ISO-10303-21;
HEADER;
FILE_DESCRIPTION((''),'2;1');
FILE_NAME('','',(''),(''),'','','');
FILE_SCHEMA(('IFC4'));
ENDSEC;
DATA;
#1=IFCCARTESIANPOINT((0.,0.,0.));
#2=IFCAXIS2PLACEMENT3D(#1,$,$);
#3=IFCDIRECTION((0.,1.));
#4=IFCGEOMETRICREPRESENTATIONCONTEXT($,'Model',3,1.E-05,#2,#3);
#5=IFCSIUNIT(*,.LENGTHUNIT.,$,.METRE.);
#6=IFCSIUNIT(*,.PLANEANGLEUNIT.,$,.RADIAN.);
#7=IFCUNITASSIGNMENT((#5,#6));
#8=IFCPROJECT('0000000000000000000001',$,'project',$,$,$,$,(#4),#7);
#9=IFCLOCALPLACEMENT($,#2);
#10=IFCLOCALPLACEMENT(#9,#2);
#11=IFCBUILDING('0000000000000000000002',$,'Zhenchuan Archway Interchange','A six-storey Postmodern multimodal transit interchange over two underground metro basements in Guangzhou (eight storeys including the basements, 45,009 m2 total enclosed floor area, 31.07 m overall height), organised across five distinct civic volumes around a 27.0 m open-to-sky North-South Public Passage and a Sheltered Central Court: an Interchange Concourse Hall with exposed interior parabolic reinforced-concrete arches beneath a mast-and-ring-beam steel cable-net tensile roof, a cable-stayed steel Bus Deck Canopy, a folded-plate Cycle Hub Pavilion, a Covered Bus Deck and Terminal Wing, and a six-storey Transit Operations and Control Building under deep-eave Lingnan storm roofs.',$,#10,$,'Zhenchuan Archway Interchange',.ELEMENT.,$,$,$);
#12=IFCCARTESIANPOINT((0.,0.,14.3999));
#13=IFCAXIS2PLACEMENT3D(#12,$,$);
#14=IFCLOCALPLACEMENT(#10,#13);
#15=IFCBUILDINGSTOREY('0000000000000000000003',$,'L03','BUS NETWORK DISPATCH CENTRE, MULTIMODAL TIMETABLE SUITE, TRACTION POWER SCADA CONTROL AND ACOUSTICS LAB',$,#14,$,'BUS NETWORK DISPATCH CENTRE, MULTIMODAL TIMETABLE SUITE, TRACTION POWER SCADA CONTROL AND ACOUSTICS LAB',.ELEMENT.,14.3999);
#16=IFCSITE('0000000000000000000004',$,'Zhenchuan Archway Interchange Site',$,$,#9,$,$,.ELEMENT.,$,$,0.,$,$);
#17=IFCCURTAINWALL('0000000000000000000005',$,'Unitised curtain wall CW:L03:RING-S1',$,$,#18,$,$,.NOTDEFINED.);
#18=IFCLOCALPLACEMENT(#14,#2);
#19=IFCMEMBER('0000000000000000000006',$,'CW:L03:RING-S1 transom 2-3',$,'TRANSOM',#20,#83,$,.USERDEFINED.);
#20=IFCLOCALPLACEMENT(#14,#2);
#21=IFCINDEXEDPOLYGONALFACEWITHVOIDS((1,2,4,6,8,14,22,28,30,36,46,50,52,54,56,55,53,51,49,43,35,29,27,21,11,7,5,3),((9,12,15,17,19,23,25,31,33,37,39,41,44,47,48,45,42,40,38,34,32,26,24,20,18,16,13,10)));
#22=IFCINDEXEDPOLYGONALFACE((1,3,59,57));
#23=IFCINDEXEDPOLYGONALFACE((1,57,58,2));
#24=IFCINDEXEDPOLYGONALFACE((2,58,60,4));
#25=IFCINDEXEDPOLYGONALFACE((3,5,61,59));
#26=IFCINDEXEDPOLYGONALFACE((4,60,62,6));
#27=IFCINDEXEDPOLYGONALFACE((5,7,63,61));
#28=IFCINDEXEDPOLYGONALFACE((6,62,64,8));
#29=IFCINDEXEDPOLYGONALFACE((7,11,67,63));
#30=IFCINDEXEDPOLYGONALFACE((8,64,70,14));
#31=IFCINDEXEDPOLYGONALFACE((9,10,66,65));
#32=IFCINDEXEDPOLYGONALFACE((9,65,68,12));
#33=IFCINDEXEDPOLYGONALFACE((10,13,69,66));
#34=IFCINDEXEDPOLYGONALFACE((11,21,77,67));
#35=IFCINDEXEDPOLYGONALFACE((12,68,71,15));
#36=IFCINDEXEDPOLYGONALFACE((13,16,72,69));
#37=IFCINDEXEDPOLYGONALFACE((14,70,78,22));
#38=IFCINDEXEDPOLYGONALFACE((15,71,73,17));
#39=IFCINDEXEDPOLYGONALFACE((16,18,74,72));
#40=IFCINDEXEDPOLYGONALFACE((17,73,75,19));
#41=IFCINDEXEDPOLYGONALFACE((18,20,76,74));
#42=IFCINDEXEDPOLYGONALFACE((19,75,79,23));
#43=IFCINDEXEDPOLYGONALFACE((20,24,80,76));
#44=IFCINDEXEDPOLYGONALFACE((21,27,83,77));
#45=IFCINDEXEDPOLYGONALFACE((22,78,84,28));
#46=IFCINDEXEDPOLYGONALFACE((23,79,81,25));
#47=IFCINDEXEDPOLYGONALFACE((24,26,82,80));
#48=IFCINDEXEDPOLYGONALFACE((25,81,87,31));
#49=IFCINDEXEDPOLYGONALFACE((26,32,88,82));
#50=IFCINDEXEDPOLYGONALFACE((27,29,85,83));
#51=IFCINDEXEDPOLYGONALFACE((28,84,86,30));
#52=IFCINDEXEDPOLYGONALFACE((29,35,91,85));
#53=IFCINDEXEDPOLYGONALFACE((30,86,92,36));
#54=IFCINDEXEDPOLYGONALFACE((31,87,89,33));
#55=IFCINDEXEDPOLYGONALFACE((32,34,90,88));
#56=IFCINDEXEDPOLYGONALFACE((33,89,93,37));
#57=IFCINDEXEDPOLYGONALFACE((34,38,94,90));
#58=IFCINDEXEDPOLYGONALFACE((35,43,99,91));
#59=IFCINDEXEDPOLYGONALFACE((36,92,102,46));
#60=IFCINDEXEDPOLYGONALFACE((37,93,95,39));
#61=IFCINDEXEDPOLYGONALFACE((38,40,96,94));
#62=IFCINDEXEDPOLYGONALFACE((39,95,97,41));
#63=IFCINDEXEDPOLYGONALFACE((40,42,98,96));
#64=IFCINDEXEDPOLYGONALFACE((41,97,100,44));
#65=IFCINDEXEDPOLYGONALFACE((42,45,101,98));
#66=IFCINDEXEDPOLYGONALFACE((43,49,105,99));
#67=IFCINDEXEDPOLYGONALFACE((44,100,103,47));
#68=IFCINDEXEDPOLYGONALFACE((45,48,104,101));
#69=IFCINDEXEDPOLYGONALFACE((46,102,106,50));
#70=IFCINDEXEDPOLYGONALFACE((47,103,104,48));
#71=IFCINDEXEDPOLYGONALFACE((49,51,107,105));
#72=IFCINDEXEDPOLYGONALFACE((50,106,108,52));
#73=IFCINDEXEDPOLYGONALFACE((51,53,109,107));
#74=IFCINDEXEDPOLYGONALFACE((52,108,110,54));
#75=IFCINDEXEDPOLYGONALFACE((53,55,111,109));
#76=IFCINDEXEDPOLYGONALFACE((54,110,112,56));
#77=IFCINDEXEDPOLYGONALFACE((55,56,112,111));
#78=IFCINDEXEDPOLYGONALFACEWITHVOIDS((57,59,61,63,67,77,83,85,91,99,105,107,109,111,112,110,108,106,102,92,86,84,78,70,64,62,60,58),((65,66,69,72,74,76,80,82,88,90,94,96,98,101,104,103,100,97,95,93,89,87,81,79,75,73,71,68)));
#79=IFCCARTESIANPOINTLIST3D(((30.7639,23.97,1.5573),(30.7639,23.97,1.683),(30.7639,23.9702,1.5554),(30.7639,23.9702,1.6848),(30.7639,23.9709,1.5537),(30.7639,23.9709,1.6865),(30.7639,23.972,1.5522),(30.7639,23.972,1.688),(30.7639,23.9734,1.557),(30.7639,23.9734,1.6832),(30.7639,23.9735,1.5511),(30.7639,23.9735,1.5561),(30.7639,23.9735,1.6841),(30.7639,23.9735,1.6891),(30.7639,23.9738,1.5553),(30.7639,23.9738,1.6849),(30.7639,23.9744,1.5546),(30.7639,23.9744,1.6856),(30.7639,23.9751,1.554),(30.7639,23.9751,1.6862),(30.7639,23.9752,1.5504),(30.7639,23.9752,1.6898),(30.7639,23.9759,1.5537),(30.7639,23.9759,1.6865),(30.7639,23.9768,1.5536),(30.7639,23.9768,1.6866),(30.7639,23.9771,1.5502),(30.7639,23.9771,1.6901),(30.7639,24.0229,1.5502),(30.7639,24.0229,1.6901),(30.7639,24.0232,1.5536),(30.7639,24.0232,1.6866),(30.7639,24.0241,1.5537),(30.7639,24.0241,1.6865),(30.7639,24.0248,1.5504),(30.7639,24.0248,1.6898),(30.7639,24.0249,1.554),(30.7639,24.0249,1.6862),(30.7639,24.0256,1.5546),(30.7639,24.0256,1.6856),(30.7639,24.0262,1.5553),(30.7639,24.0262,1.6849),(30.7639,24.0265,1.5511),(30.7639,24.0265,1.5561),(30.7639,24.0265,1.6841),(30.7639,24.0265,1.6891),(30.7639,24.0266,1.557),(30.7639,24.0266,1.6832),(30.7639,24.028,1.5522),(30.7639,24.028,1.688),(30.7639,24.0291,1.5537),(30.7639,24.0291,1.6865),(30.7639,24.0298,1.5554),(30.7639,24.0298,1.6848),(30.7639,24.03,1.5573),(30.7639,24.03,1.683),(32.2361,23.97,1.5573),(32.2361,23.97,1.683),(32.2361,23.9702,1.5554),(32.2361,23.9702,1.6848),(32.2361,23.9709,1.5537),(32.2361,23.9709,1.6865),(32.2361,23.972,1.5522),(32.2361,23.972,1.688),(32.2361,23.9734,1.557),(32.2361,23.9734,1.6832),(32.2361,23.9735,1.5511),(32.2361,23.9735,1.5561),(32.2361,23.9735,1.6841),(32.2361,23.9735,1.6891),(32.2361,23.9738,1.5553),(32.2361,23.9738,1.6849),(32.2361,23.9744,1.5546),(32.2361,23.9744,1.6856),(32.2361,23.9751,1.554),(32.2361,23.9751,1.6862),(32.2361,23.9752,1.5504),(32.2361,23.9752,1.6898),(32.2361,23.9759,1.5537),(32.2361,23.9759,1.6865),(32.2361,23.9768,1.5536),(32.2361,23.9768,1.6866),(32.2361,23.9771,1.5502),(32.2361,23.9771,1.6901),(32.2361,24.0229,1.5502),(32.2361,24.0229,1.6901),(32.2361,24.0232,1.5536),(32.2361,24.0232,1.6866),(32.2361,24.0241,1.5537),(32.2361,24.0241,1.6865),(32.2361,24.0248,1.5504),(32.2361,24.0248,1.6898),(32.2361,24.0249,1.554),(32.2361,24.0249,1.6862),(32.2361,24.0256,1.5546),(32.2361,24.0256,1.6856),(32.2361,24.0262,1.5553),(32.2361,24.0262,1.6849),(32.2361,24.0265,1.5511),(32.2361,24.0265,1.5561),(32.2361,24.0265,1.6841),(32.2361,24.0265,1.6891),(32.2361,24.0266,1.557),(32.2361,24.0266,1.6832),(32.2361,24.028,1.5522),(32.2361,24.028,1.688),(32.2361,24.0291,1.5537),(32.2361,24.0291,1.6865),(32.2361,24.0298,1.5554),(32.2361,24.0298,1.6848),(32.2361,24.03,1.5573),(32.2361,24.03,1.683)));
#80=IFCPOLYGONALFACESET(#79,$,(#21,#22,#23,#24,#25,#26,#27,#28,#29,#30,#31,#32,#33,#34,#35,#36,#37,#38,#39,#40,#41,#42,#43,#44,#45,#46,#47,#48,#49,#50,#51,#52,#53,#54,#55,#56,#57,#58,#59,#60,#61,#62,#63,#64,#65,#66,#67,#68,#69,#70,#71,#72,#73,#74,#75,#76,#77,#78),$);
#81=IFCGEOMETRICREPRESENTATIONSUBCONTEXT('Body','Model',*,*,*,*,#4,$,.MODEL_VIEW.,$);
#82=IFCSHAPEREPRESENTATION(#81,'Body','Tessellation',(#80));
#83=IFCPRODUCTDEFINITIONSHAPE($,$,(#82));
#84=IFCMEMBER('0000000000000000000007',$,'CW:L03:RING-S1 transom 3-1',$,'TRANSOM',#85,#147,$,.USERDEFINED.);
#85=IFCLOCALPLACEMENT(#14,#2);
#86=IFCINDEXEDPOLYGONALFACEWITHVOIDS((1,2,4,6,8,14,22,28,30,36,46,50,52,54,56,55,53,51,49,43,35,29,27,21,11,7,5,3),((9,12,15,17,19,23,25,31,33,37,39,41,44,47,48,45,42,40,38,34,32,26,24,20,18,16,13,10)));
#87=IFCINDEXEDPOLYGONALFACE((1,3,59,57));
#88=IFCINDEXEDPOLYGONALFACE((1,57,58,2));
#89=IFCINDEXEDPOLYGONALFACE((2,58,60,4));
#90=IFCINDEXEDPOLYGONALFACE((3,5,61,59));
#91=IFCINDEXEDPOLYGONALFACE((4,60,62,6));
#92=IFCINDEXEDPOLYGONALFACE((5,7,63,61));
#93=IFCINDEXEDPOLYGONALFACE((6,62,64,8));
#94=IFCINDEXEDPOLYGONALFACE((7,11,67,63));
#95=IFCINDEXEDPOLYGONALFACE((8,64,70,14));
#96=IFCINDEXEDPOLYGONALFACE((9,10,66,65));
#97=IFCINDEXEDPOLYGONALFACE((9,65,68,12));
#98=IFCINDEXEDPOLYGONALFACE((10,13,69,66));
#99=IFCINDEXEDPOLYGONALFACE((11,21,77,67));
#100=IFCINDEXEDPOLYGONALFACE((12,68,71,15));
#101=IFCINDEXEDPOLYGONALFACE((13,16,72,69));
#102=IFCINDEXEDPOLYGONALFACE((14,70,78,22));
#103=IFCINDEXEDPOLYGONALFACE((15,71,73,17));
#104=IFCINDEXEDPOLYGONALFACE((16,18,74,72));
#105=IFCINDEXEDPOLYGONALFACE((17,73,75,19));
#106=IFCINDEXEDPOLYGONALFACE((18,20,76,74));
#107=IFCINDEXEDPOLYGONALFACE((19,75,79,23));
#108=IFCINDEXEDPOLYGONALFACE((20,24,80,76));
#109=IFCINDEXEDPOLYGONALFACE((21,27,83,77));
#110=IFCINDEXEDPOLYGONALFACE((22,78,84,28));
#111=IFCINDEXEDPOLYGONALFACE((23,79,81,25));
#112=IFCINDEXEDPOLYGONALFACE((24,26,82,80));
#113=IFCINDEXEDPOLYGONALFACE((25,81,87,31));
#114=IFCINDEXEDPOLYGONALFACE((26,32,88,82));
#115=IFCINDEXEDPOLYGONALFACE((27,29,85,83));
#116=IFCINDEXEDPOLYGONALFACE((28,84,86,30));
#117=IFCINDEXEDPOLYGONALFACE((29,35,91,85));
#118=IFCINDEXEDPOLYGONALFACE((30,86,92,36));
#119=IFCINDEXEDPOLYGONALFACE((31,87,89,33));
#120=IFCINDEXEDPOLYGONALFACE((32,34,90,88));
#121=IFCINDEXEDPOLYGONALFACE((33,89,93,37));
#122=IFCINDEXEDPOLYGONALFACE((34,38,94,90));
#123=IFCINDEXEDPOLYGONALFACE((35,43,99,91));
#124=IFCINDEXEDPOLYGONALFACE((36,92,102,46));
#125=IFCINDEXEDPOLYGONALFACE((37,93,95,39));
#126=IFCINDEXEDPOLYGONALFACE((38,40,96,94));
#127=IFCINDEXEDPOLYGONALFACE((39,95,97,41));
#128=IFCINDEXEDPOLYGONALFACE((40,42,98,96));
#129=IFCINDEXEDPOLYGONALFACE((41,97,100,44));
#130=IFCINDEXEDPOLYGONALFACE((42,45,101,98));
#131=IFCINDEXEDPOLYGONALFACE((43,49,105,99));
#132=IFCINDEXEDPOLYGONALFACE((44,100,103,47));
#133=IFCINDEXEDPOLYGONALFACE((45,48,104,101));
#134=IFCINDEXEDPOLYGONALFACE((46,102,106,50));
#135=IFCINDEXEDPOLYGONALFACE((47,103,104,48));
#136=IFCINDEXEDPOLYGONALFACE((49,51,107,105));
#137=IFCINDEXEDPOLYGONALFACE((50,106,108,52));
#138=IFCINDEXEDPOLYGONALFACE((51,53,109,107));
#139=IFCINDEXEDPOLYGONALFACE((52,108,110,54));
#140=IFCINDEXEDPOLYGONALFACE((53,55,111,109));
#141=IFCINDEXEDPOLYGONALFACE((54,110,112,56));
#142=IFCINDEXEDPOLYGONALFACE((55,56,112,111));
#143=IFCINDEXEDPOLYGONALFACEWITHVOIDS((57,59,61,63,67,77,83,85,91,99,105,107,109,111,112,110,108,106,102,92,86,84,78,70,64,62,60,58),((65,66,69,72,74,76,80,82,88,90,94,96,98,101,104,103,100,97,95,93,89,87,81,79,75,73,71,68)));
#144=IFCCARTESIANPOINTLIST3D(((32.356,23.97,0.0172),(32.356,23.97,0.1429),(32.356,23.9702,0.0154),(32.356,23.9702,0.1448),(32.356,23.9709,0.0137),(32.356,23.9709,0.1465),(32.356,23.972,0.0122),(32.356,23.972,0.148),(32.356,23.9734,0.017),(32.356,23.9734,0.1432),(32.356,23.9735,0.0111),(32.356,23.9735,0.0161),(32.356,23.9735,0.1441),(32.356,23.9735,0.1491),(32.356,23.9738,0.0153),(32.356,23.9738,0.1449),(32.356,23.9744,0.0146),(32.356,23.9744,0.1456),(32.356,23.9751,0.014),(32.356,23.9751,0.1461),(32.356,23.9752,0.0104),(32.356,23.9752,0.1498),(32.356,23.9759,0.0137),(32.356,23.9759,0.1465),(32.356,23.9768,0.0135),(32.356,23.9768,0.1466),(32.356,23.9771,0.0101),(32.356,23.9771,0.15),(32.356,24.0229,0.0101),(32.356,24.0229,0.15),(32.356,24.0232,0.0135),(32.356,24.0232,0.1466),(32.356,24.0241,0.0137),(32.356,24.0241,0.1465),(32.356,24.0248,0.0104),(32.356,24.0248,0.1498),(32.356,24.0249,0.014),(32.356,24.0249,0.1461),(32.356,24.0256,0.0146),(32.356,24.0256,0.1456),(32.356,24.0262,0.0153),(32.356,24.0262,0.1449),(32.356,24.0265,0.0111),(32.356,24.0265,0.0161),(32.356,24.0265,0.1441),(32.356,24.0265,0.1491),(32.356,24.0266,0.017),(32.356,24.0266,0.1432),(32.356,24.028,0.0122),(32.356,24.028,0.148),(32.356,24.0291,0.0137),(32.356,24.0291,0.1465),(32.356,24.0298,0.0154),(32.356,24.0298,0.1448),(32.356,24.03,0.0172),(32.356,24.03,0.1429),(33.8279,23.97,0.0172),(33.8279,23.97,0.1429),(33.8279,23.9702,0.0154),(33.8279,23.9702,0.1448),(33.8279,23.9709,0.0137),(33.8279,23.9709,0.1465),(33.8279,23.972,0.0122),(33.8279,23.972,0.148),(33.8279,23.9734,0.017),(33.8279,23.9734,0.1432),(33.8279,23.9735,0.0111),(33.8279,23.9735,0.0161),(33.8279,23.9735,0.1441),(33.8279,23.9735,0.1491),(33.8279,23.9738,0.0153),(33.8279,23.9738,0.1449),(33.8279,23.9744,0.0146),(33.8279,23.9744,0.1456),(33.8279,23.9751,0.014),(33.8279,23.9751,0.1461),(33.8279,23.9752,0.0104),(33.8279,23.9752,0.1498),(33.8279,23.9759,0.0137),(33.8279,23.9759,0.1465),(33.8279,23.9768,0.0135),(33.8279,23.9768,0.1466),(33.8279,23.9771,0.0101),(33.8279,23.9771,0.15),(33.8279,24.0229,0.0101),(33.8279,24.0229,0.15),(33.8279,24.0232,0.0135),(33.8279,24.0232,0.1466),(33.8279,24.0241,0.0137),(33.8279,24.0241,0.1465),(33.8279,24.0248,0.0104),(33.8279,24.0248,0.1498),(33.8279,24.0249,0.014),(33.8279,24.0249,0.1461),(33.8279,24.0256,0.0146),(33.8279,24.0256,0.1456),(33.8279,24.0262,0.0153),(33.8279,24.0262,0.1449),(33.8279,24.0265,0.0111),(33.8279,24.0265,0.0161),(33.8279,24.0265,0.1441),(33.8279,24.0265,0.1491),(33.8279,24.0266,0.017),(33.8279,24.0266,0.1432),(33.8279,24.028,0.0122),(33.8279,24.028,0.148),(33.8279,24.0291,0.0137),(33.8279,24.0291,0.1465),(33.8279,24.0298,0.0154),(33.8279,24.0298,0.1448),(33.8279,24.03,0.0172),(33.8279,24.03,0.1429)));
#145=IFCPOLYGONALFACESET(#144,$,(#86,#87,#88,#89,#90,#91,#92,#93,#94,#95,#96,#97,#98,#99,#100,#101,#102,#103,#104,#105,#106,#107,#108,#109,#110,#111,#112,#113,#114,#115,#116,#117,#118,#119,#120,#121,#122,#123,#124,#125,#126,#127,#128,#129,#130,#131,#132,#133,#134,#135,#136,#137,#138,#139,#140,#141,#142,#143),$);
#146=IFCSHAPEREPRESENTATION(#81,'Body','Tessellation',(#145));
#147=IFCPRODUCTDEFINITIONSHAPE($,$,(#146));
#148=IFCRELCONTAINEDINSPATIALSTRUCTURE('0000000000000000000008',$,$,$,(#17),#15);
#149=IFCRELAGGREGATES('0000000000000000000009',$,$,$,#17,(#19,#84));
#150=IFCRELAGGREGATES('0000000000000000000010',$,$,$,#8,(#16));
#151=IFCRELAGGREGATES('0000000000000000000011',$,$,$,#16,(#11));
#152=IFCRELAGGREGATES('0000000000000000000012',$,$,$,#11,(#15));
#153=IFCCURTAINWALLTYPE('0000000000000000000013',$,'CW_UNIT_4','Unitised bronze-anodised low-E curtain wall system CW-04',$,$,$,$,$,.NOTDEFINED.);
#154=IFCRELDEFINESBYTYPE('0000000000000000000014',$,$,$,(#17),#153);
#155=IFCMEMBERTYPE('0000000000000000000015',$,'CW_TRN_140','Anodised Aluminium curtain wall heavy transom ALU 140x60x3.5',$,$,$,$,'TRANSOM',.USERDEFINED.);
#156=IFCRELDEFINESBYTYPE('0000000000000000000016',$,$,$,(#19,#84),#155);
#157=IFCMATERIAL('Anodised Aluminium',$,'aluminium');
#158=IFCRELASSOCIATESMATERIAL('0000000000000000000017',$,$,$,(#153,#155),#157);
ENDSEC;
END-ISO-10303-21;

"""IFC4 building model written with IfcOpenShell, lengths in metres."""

from ifc_helpers import new_model, si_unit, direction, frame, origin, origin_2d, place, context, subcontext, project, spatial, hollow_rectangle, extrude, material, material_profile, profile_set, type_object, element, aggregate, save


model = new_model("IFC4")

# Units and contexts
model_context = context("Model", 3, precision=1e-05, world=origin(), true_north=direction((0.0, 1.0)))
body_context = subcontext(model_context, "Body", "Model", "MODEL_VIEW")
ifc_project = project(units=[si_unit("LENGTHUNIT", "METRE"), si_unit("PLANEANGLEUNIT", "RADIAN")], contexts=[model_context])

# Site, building, storey
site_placement = place(None, origin())
site = spatial("IfcSite", under=ifc_project, at=site_placement, Name="Zhenchuan Archway Interchange Site", CompositionType="ELEMENT", RefElevation=0.0)
building_placement = place(site_placement, origin())
building = spatial("IfcBuilding", under=site, at=building_placement, Name="Zhenchuan Archway Interchange", Description="A six-storey Postmodern multimodal transit interchange over two underground metro basements in Guangzhou (eight storeys including the basements, 45,009 m2 total enclosed floor area, 31.07 m overall height), organised across five distinct civic volumes around a 27.0 m open-to-sky North-South Public Passage and a Sheltered Central Court: an Interchange Concourse Hall with exposed interior parabolic reinforced-concrete arches beneath a mast-and-ring-beam steel cable-net tensile roof, a cable-stayed steel Bus Deck Canopy, a folded-plate Cycle Hub Pavilion, a Covered Bus Deck and Terminal Wing, and a six-storey Transit Operations and Control Building under deep-eave Lingnan storm roofs.", LongName="Zhenchuan Archway Interchange", CompositionType="ELEMENT")
storey_placement = place(building_placement, frame((0.0, 0.0, 14.3999)))
storey = spatial("IfcBuildingStorey", under=building, at=storey_placement, Name="L03", Description="BUS NETWORK DISPATCH CENTRE, MULTIMODAL TIMETABLE SUITE, TRACTION POWER SCADA CONTROL AND ACOUSTICS LAB", LongName="BUS NETWORK DISPATCH CENTRE, MULTIMODAL TIMETABLE SUITE, TRACTION POWER SCADA CONTROL AND ACOUSTICS LAB", CompositionType="ELEMENT", Elevation=14.3999)

# Curtain wall, members
ifc_material_1 = material(Name="Anodised Aluminium", Category="aluminium")
curtain_wall_type = type_object("IfcCurtainWallType", Name="CW_UNIT_4", Description="Unitised bronze-anodised low-E curtain wall system CW-04", PredefinedType="NOTDEFINED", material=ifc_material_1)
curtain_wall_placement = place(storey_placement, origin())
curtain_wall = element("IfcCurtainWall", 1, at=curtain_wall_placement, inside=storey, type_object=curtain_wall_type, Name="Unitised curtain wall CW:L03:RING-S1", PredefinedType="NOTDEFINED")
ifc_material_profile_1 = material_profile(ifc_material_1, hollow_rectangle(XDim=0.0601, YDim=0.1399, WallThickness=0.0034, InnerFilletRadius=0.0034, OuterFilletRadius=0.0071, at=origin_2d()), Name="ALU 140x60x3.5")
ifc_profile_set_1 = profile_set([ifc_material_profile_1], Name="Anodised Aluminium")
member_type_1 = type_object("IfcMemberType", Name="CW_TRN_140", Description="Anodised Aluminium curtain wall heavy transom ALU 140x60x3.5", ElementType="TRANSOM", PredefinedType="USERDEFINED", material=ifc_profile_set_1)
member_1_placement = place(storey_placement, frame((30.7639, 24.0, 1.6201), z_axis=(1.0, 0.0, 0.0), x_axis=(0.0, 1.0, 0.0)))
member_1 = element("IfcMember", 2, at=member_1_placement, type_object=member_type_1, Name="CW:L03:RING-S1 transom 2-3", ObjectType="TRANSOM", PredefinedType="USERDEFINED", context=body_context, shape_type="SweptSolid", body=[
    extrude(hollow_rectangle(XDim=0.0601, YDim=0.1399, WallThickness=0.0034, InnerFilletRadius=0.0034, OuterFilletRadius=0.0071, at=origin_2d()), origin(), (0.0, 0.0, 1.0), 1.4722),
])
member_2_placement = place(storey_placement, frame((32.356, 24.0, 0.0801), z_axis=(1.0, 0.0, 0.0), x_axis=(0.0, 1.0, 0.0)))
member_2 = element("IfcMember", 3, at=member_2_placement, type_object=member_type_1, Name="CW:L03:RING-S1 transom 3-1", ObjectType="TRANSOM", PredefinedType="USERDEFINED", context=body_context, shape_type="SweptSolid", body=[
    extrude(hollow_rectangle(XDim=0.0601, YDim=0.1399, WallThickness=0.0034, InnerFilletRadius=0.0034, OuterFilletRadius=0.0071, at=origin_2d()), origin(), (0.0, 0.0, 1.0), 1.4719),
])

aggregate(curtain_wall, [member_1, member_2])

save(model, "model.ifc")
